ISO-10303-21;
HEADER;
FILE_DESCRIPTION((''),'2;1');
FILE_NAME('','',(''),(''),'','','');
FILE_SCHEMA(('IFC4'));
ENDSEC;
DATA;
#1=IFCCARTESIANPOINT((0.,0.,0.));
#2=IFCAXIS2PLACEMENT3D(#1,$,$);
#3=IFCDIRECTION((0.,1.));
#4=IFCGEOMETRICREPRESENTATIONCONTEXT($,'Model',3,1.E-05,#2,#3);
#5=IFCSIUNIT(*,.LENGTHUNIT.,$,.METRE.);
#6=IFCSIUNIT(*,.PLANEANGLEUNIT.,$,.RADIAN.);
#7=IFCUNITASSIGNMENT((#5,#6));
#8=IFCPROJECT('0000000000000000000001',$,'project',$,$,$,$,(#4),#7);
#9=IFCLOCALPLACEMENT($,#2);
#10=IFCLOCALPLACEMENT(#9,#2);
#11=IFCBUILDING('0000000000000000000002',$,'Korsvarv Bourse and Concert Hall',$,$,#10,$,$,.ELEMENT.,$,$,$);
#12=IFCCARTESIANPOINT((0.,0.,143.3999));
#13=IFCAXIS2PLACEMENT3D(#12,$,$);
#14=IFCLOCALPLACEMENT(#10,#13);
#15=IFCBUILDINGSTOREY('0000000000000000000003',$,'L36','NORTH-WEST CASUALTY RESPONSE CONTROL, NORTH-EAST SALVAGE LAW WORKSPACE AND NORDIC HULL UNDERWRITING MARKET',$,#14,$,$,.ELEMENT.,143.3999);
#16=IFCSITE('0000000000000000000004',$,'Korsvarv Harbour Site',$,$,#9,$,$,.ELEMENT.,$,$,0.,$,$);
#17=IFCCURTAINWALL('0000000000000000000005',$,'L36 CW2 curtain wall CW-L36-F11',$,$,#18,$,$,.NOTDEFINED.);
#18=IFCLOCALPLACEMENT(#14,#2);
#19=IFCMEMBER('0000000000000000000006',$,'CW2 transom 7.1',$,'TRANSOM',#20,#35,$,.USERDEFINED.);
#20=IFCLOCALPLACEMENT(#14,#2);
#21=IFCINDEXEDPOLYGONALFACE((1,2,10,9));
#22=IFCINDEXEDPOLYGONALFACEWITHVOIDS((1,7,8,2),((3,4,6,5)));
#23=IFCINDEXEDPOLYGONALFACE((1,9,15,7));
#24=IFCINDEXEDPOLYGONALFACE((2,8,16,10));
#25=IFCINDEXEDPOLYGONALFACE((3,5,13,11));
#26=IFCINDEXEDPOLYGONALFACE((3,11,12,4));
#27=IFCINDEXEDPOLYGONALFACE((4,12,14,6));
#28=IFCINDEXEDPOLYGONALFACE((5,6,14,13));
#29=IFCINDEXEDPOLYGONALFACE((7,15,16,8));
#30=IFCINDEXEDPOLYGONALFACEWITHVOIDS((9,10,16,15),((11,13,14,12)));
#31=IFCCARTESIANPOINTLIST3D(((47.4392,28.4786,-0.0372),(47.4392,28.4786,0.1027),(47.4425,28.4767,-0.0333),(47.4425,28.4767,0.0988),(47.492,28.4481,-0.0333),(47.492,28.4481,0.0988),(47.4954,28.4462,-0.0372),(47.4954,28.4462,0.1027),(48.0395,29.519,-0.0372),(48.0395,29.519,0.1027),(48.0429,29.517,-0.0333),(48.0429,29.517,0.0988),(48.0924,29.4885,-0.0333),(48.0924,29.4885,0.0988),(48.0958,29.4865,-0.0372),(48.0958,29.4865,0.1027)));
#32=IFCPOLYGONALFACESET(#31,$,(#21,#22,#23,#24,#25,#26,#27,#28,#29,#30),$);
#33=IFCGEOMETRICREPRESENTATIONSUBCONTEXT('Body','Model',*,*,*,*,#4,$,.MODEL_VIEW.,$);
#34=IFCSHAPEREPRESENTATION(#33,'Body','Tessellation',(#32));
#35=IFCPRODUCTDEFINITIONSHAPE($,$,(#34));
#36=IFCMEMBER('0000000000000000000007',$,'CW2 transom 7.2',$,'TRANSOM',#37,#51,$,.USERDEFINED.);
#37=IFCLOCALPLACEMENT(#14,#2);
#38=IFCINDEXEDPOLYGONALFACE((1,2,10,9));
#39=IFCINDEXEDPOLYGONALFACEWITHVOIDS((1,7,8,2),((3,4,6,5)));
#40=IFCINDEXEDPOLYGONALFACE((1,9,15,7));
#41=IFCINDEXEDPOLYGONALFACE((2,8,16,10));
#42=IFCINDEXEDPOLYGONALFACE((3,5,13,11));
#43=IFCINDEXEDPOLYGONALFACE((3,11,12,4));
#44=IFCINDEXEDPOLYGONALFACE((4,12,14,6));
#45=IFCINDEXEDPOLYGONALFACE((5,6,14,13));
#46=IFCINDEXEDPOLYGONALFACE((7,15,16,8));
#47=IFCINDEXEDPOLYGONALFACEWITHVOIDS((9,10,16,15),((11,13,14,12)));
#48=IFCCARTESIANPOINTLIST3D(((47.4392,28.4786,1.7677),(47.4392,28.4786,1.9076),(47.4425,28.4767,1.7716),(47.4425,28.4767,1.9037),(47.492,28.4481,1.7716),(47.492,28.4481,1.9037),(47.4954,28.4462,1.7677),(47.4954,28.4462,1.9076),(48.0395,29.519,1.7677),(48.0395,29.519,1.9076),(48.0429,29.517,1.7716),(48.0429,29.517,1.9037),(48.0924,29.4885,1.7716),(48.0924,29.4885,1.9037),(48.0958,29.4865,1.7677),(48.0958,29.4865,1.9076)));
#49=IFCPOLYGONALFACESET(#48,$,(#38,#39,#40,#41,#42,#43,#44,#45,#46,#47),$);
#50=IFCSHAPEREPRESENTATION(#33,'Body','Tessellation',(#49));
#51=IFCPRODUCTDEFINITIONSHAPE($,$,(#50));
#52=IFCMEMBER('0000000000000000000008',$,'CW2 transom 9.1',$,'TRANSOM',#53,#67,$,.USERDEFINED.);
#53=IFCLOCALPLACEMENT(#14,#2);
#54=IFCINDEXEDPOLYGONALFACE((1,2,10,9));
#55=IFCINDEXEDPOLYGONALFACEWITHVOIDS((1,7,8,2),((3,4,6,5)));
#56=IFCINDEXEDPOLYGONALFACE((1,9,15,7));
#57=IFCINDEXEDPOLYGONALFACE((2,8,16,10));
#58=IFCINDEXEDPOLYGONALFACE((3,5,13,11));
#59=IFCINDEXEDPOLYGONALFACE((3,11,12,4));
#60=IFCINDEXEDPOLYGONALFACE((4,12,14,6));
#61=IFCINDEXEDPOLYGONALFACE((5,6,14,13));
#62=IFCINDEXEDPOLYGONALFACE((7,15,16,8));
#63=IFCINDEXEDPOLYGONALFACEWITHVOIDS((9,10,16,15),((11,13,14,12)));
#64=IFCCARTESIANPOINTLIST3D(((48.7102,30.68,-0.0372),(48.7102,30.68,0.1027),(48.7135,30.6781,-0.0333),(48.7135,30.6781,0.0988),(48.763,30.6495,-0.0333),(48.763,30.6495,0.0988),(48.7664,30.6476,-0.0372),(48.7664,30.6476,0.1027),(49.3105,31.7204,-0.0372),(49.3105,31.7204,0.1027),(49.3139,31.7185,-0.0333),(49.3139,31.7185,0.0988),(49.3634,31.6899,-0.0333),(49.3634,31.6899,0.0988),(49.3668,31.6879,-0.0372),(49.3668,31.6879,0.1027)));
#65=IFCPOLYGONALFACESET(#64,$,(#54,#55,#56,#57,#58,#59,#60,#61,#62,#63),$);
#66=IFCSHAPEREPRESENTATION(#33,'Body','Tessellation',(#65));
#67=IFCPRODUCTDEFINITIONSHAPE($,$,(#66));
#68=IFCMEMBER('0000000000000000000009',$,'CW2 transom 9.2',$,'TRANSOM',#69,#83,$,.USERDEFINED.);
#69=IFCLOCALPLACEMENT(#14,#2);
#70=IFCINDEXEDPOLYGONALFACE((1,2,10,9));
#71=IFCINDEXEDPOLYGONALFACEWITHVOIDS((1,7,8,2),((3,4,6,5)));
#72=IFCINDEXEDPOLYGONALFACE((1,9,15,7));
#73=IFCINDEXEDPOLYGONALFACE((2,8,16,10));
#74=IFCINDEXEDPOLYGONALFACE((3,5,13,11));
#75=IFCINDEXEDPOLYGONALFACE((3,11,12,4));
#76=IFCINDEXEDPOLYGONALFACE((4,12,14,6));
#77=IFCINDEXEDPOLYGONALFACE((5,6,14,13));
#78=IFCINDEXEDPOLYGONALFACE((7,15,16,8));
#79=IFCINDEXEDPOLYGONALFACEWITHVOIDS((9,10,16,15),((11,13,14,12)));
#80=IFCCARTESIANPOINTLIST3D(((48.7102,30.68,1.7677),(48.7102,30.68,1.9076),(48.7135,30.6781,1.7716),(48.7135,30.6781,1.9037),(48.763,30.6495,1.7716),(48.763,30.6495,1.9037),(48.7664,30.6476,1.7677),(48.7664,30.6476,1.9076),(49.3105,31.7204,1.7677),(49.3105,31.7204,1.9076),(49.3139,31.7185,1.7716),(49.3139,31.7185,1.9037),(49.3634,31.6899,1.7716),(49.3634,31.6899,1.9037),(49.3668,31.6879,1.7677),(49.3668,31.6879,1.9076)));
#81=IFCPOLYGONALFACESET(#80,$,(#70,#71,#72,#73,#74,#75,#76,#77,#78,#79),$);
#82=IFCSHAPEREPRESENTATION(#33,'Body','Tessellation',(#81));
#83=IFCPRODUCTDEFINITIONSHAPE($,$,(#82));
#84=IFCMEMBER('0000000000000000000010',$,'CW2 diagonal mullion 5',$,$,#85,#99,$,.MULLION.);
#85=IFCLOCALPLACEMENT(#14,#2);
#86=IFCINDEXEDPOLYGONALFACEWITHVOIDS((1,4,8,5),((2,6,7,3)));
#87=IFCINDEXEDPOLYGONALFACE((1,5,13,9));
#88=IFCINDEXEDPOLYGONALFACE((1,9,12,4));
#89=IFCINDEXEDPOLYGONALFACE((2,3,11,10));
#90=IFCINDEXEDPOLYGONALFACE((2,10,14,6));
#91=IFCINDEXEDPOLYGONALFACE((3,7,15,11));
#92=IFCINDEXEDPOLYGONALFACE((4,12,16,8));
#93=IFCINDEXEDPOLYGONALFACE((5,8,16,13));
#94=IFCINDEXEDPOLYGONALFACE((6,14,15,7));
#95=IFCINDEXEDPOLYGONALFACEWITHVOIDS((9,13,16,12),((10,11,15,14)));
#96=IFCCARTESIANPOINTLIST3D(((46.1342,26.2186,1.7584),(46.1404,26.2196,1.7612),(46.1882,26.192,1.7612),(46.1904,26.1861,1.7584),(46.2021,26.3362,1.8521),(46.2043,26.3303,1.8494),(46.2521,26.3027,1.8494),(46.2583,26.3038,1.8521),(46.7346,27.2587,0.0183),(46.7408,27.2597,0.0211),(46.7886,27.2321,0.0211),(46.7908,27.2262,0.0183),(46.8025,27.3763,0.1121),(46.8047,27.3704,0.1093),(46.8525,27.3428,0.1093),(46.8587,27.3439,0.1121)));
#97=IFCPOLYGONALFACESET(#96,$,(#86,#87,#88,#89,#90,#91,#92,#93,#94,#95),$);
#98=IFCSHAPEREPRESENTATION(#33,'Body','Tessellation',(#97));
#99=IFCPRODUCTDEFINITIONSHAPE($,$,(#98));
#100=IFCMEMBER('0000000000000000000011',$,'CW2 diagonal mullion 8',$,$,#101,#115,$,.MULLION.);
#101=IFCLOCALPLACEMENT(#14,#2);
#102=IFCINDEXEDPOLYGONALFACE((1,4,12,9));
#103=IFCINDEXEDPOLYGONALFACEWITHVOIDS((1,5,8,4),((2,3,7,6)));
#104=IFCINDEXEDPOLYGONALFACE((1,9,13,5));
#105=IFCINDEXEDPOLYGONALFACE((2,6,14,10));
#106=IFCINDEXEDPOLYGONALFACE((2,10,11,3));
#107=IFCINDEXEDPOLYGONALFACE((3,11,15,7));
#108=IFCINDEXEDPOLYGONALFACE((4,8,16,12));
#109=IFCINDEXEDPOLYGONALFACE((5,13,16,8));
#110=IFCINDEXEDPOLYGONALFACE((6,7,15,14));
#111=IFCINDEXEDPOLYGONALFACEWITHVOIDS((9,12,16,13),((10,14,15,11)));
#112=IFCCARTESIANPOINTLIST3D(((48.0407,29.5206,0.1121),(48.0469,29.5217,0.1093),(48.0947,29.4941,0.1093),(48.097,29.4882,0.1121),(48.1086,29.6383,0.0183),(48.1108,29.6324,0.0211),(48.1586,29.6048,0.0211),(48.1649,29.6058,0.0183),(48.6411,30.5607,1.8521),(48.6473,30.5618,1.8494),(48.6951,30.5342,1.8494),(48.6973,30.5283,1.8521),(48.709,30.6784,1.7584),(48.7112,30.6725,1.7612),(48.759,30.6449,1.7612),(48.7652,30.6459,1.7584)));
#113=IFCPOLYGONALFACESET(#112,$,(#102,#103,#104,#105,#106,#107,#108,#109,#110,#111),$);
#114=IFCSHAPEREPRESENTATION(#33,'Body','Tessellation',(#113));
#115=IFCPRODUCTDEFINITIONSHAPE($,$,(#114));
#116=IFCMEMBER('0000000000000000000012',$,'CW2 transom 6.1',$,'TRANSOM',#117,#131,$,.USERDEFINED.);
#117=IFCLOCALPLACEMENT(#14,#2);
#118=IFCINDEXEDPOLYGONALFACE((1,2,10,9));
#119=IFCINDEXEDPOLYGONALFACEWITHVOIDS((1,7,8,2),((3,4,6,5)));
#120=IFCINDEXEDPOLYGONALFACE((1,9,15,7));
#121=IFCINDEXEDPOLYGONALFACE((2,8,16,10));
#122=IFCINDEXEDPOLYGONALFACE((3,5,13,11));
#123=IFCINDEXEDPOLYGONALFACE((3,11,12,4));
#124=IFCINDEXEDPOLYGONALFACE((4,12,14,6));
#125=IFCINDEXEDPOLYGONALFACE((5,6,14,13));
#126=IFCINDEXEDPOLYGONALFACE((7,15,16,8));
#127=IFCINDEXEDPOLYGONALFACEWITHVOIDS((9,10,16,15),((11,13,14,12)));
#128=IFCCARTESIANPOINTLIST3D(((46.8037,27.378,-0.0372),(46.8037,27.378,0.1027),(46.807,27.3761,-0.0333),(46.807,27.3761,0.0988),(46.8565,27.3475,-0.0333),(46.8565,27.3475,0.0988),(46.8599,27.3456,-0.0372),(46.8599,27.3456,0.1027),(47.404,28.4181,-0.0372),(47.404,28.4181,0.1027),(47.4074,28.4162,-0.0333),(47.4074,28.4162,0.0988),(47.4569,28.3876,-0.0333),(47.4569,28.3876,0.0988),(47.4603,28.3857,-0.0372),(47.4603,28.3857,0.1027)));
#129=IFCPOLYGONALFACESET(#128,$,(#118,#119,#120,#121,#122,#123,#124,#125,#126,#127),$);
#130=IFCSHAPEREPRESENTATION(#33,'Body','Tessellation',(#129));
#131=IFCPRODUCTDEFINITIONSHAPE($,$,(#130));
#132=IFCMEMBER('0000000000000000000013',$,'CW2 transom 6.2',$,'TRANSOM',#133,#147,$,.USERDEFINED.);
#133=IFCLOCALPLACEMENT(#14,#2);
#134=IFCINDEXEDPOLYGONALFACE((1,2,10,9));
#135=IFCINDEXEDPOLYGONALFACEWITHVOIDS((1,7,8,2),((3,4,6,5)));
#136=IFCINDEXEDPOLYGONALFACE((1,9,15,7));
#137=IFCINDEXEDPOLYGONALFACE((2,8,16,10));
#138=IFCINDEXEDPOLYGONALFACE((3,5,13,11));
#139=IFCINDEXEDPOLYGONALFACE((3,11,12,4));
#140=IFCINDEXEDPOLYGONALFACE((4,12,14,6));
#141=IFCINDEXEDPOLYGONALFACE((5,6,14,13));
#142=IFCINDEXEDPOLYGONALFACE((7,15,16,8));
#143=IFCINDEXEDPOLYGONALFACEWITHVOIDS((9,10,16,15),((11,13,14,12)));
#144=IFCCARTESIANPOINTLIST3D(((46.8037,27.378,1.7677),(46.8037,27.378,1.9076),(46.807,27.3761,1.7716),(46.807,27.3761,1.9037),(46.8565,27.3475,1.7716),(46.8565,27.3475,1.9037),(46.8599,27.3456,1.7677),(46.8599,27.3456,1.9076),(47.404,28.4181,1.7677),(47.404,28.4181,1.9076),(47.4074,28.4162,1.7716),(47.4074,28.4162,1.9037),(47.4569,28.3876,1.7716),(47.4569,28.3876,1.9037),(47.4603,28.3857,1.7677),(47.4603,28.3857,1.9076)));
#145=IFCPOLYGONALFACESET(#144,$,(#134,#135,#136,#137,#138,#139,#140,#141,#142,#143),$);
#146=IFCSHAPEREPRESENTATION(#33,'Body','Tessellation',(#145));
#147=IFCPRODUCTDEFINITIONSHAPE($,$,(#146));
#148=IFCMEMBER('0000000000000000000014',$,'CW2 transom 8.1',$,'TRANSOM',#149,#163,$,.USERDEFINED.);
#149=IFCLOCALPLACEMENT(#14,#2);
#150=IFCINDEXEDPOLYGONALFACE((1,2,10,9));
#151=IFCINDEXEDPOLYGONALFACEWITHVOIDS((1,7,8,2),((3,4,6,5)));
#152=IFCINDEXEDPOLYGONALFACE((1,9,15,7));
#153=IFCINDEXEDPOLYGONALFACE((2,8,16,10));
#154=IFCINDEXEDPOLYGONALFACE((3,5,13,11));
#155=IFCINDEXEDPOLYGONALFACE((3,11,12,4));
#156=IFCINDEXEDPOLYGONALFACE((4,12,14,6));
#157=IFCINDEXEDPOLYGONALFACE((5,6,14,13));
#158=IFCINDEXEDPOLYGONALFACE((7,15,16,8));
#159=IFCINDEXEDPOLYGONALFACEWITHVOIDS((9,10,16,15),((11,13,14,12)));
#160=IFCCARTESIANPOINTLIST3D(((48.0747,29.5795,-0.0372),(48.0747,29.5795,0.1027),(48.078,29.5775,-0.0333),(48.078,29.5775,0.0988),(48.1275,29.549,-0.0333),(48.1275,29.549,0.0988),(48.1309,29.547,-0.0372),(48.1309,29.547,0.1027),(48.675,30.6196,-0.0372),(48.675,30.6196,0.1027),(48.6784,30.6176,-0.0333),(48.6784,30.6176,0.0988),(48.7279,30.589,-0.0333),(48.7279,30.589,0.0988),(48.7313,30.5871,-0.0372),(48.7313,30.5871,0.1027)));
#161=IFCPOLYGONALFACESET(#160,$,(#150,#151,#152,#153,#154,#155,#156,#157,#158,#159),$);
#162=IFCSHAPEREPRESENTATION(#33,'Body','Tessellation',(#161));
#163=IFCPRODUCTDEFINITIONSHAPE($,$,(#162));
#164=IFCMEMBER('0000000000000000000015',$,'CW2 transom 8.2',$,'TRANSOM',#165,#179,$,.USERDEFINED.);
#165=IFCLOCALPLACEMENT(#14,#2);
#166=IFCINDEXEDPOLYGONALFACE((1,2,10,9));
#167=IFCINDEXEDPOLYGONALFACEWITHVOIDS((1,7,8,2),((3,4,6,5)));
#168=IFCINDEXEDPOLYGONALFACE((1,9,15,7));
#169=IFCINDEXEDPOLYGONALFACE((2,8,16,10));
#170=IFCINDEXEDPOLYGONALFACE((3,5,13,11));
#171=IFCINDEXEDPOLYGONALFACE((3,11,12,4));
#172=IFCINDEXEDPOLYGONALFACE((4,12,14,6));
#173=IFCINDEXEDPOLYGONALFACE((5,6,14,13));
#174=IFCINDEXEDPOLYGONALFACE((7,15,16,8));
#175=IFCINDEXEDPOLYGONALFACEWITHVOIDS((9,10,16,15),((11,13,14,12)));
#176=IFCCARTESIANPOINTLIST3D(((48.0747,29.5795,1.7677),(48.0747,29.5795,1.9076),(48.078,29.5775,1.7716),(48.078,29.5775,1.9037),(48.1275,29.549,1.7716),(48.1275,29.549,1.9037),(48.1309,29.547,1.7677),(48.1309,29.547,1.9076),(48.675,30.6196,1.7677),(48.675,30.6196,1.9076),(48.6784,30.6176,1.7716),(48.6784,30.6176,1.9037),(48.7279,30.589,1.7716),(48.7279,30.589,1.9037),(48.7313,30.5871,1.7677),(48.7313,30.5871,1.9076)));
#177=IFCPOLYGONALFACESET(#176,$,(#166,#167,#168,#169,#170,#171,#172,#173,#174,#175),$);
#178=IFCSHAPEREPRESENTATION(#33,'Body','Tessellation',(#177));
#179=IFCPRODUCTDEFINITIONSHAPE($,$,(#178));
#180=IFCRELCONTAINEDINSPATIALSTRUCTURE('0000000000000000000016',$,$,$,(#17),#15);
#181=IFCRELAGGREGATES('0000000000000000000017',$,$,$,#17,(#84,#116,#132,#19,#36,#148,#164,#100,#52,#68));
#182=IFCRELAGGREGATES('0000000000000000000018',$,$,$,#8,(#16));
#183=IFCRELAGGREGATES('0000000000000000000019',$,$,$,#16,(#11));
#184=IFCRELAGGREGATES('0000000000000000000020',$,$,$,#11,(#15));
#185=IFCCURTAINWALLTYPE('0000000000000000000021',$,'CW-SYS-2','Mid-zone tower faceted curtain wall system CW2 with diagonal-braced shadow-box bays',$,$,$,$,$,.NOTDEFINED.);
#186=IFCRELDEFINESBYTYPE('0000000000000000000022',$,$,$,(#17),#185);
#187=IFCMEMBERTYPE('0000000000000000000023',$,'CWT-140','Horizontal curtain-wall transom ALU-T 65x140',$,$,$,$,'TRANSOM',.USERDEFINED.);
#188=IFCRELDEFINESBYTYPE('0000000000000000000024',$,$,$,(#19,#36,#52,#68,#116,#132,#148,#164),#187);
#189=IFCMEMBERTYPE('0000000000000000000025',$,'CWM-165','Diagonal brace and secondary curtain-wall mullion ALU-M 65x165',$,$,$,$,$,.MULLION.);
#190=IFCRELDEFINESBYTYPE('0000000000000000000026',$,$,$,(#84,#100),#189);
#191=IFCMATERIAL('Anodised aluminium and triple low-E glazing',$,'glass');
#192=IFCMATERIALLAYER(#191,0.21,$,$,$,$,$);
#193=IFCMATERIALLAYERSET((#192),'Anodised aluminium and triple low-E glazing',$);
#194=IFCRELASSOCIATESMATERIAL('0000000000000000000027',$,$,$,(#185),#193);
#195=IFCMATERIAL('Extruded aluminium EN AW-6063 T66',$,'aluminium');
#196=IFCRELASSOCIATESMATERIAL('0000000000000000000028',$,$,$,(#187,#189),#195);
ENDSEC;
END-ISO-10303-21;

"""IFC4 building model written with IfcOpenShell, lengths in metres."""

from ifc_helpers import new_model, si_unit, direction, frame, origin, origin_2d, place, context, subcontext, project, spatial, hollow_rectangle, extrude, source, transform, mapped, material, layer, layer_set, material_profile, profile_set, type_object, element, aggregate, save


model = new_model("IFC4")

# Units and contexts
model_context = context("Model", 3, precision=1e-05, world=origin(), true_north=direction((0.0, 1.0)))
body_context = subcontext(model_context, "Body", "Model", "MODEL_VIEW")
ifc_project = project(units=[si_unit("LENGTHUNIT", "METRE"), si_unit("PLANEANGLEUNIT", "RADIAN")], contexts=[model_context])

# Site, building, storey
site_placement = place(None, origin())
site = spatial("IfcSite", under=ifc_project, at=site_placement, Name="Korsvarv Harbour Site", CompositionType="ELEMENT", RefElevation=0.0)
building_placement = place(site_placement, origin())
building = spatial("IfcBuilding", under=site, at=building_placement, Name="Korsvarv Bourse and Concert Hall", CompositionType="ELEMENT")
storey_placement = place(building_placement, frame((0.0, 0.0, 143.3999)))
storey = spatial("IfcBuildingStorey", under=building, at=storey_placement, Name="L36", Description="NORTH-WEST CASUALTY RESPONSE CONTROL, NORTH-EAST SALVAGE LAW WORKSPACE AND NORDIC HULL UNDERWRITING MARKET", CompositionType="ELEMENT", Elevation=143.3999)

# Curtain wall, members
ifc_material_1 = material(Name="Anodised aluminium and triple low-E glazing", Category="glass")
ifc_layer_1 = layer(ifc_material_1, 0.21)
ifc_layer_set_1 = layer_set([ifc_layer_1], Name="Anodised aluminium and triple low-E glazing")
curtain_wall_type = type_object("IfcCurtainWallType", Name="CW-SYS-2", Description="Mid-zone tower faceted curtain wall system CW2 with diagonal-braced shadow-box bays", PredefinedType="NOTDEFINED", material=ifc_layer_set_1)
curtain_wall_placement = place(storey_placement, origin())
curtain_wall = element("IfcCurtainWall", 1, at=curtain_wall_placement, inside=storey, type_object=curtain_wall_type, Name="L36 CW2 curtain wall CW-L36-F11", PredefinedType="NOTDEFINED")
ifc_material_2 = material(Name="Extruded aluminium EN AW-6063 T66", Category="aluminium")
ifc_material_profile_1 = material_profile(ifc_material_2, hollow_rectangle(XDim=0.0649, YDim=0.1399, WallThickness=0.0039, at=origin_2d()), Name="ALU-T 65x140")
ifc_profile_set_1 = profile_set([ifc_material_profile_1], Name="Extruded aluminium EN AW-6063 T66")
member_type_1 = type_object("IfcMemberType", Name="CWT-140", Description="Horizontal curtain-wall transom ALU-T 65x140", ElementType="TRANSOM", PredefinedType="USERDEFINED", material=ifc_profile_set_1)
shared_shape_1 = source(origin(), body_context, "Body", "SweptSolid", [
    extrude(hollow_rectangle(XDim=0.0649, YDim=0.1399, WallThickness=0.0039, at=origin_2d()), origin(), (0.0, 0.0, 1.0), 1.2012),
])
member_1_placement = place(storey_placement, frame((47.4673, 28.4624, 0.0327), z_axis=(0.499834, 0.866121, 0.0), x_axis=(-0.866121, 0.499834, 0.0)))
member_1 = element("IfcMember", 2, at=member_1_placement, type_object=member_type_1, Name="CW2 transom 7.1", ObjectType="TRANSOM", PredefinedType="USERDEFINED", context=body_context, shape_type="MappedRepresentation", body=[
    mapped(shared_shape_1, transform((0.0, 0.0, 0.0), scale=1.0)),
])
member_2_placement = place(storey_placement, frame((47.4673, 28.4624, 1.8376), z_axis=(0.499834, 0.866121, 0.0), x_axis=(-0.866121, 0.499834, 0.0)))
member_2 = element("IfcMember", 3, at=member_2_placement, type_object=member_type_1, Name="CW2 transom 7.2", ObjectType="TRANSOM", PredefinedType="USERDEFINED", context=body_context, shape_type="MappedRepresentation", body=[
    mapped(shared_shape_1, transform((0.0, 0.0, 0.0), scale=1.0)),
])
member_3_placement = place(storey_placement, frame((48.7383, 30.6638, 0.0327), z_axis=(0.499834, 0.866121, 0.0), x_axis=(-0.866121, 0.499834, 0.0)))
member_3 = element("IfcMember", 4, at=member_3_placement, type_object=member_type_1, Name="CW2 transom 9.1", ObjectType="TRANSOM", PredefinedType="USERDEFINED", context=body_context, shape_type="MappedRepresentation", body=[
    mapped(shared_shape_1, transform((0.0, 0.0, 0.0), scale=1.0)),
])
member_4_placement = place(storey_placement, frame((48.7383, 30.6638, 1.8376), z_axis=(0.499834, 0.866121, 0.0), x_axis=(-0.866121, 0.499834, 0.0)))
member_4 = element("IfcMember", 5, at=member_4_placement, type_object=member_type_1, Name="CW2 transom 9.2", ObjectType="TRANSOM", PredefinedType="USERDEFINED", context=body_context, shape_type="MappedRepresentation", body=[
    mapped(shared_shape_1, transform((0.0, 0.0, 0.0), scale=1.0)),
])
ifc_material_profile_2 = material_profile(ifc_material_2, hollow_rectangle(XDim=0.0649, YDim=0.165, WallThickness=0.0049, at=origin_2d()), Name="ALU-M 65x165")
ifc_profile_set_2 = profile_set([ifc_material_profile_2], Name="Extruded aluminium EN AW-6063 T66")
member_type_2 = type_object("IfcMemberType", Name="CWM-165", Description="Diagonal brace and secondary curtain-wall mullion ALU-M 65x165", PredefinedType="MULLION", material=ifc_profile_set_2)
shared_shape_2 = source(origin(), body_context, "Body", "SweptSolid", [
    extrude(hollow_rectangle(XDim=0.0649, YDim=0.165, WallThickness=0.0049, at=origin_2d()), origin(), (0.0, 0.0, 1.0), 2.1143),
])
member_5_placement = place(storey_placement, frame((46.7966, 27.3013, 0.0652), z_axis=(-0.283963, -0.49194, 0.823019), x_axis=(0.86607, -0.499922, 0.0)))
member_5 = element("IfcMember", 6, at=member_5_placement, type_object=member_type_2, Name="CW2 diagonal mullion 5", PredefinedType="MULLION", context=body_context, shape_type="MappedRepresentation", body=[
    mapped(shared_shape_2, transform((0.0, 0.0, 0.0), scale=1.0)),
])
member_6_placement = place(storey_placement, frame((48.1028, 29.5632, 0.0652), z_axis=(0.283963, 0.49194, 0.823019), x_axis=(-0.86607, 0.499922, 0.0)))
member_6 = element("IfcMember", 7, at=member_6_placement, type_object=member_type_2, Name="CW2 diagonal mullion 8", PredefinedType="MULLION", context=body_context, shape_type="MappedRepresentation", body=[
    mapped(shared_shape_2, transform((0.0, 0.0, 0.0), scale=1.0)),
])
shared_shape_3 = source(origin(), body_context, "Body", "SweptSolid", [
    extrude(hollow_rectangle(XDim=0.0649, YDim=0.1399, WallThickness=0.0039, at=origin_2d()), origin(), (0.0, 0.0, 1.0), 1.2009),
])
member_7_placement = place(storey_placement, frame((46.8318, 27.3618, 0.0327), z_axis=(0.499922, 0.86607, 0.0), x_axis=(-0.86607, 0.499922, 0.0)))
member_7 = element("IfcMember", 8, at=member_7_placement, type_object=member_type_1, Name="CW2 transom 6.1", ObjectType="TRANSOM", PredefinedType="USERDEFINED", context=body_context, shape_type="MappedRepresentation", body=[
    mapped(shared_shape_3, transform((0.0, 0.0, 0.0), scale=1.0)),
])
member_8_placement = place(storey_placement, frame((46.8318, 27.3618, 1.8376), z_axis=(0.499922, 0.86607, 0.0), x_axis=(-0.86607, 0.499922, 0.0)))
member_8 = element("IfcMember", 9, at=member_8_placement, type_object=member_type_1, Name="CW2 transom 6.2", ObjectType="TRANSOM", PredefinedType="USERDEFINED", context=body_context, shape_type="MappedRepresentation", body=[
    mapped(shared_shape_3, transform((0.0, 0.0, 0.0), scale=1.0)),
])
member_9_placement = place(storey_placement, frame((48.1028, 29.5632, 0.0327), z_axis=(0.499922, 0.86607, 0.0), x_axis=(-0.86607, 0.499922, 0.0)))
member_9 = element("IfcMember", 10, at=member_9_placement, type_object=member_type_1, Name="CW2 transom 8.1", ObjectType="TRANSOM", PredefinedType="USERDEFINED", context=body_context, shape_type="MappedRepresentation", body=[
    mapped(shared_shape_3, transform((0.0, 0.0, 0.0), scale=1.0)),
])
member_10_placement = place(storey_placement, frame((48.1028, 29.5632, 1.8376), z_axis=(0.499922, 0.86607, 0.0), x_axis=(-0.86607, 0.499922, 0.0)))
member_10 = element("IfcMember", 11, at=member_10_placement, type_object=member_type_1, Name="CW2 transom 8.2", ObjectType="TRANSOM", PredefinedType="USERDEFINED", context=body_context, shape_type="MappedRepresentation", body=[
    mapped(shared_shape_3, transform((0.0, 0.0, 0.0), scale=1.0)),
])
aggregate(curtain_wall, [member_5, member_7, member_8, member_1, member_2, member_9, member_10, member_6, member_3, member_4])

save(model, "model.ifc")
